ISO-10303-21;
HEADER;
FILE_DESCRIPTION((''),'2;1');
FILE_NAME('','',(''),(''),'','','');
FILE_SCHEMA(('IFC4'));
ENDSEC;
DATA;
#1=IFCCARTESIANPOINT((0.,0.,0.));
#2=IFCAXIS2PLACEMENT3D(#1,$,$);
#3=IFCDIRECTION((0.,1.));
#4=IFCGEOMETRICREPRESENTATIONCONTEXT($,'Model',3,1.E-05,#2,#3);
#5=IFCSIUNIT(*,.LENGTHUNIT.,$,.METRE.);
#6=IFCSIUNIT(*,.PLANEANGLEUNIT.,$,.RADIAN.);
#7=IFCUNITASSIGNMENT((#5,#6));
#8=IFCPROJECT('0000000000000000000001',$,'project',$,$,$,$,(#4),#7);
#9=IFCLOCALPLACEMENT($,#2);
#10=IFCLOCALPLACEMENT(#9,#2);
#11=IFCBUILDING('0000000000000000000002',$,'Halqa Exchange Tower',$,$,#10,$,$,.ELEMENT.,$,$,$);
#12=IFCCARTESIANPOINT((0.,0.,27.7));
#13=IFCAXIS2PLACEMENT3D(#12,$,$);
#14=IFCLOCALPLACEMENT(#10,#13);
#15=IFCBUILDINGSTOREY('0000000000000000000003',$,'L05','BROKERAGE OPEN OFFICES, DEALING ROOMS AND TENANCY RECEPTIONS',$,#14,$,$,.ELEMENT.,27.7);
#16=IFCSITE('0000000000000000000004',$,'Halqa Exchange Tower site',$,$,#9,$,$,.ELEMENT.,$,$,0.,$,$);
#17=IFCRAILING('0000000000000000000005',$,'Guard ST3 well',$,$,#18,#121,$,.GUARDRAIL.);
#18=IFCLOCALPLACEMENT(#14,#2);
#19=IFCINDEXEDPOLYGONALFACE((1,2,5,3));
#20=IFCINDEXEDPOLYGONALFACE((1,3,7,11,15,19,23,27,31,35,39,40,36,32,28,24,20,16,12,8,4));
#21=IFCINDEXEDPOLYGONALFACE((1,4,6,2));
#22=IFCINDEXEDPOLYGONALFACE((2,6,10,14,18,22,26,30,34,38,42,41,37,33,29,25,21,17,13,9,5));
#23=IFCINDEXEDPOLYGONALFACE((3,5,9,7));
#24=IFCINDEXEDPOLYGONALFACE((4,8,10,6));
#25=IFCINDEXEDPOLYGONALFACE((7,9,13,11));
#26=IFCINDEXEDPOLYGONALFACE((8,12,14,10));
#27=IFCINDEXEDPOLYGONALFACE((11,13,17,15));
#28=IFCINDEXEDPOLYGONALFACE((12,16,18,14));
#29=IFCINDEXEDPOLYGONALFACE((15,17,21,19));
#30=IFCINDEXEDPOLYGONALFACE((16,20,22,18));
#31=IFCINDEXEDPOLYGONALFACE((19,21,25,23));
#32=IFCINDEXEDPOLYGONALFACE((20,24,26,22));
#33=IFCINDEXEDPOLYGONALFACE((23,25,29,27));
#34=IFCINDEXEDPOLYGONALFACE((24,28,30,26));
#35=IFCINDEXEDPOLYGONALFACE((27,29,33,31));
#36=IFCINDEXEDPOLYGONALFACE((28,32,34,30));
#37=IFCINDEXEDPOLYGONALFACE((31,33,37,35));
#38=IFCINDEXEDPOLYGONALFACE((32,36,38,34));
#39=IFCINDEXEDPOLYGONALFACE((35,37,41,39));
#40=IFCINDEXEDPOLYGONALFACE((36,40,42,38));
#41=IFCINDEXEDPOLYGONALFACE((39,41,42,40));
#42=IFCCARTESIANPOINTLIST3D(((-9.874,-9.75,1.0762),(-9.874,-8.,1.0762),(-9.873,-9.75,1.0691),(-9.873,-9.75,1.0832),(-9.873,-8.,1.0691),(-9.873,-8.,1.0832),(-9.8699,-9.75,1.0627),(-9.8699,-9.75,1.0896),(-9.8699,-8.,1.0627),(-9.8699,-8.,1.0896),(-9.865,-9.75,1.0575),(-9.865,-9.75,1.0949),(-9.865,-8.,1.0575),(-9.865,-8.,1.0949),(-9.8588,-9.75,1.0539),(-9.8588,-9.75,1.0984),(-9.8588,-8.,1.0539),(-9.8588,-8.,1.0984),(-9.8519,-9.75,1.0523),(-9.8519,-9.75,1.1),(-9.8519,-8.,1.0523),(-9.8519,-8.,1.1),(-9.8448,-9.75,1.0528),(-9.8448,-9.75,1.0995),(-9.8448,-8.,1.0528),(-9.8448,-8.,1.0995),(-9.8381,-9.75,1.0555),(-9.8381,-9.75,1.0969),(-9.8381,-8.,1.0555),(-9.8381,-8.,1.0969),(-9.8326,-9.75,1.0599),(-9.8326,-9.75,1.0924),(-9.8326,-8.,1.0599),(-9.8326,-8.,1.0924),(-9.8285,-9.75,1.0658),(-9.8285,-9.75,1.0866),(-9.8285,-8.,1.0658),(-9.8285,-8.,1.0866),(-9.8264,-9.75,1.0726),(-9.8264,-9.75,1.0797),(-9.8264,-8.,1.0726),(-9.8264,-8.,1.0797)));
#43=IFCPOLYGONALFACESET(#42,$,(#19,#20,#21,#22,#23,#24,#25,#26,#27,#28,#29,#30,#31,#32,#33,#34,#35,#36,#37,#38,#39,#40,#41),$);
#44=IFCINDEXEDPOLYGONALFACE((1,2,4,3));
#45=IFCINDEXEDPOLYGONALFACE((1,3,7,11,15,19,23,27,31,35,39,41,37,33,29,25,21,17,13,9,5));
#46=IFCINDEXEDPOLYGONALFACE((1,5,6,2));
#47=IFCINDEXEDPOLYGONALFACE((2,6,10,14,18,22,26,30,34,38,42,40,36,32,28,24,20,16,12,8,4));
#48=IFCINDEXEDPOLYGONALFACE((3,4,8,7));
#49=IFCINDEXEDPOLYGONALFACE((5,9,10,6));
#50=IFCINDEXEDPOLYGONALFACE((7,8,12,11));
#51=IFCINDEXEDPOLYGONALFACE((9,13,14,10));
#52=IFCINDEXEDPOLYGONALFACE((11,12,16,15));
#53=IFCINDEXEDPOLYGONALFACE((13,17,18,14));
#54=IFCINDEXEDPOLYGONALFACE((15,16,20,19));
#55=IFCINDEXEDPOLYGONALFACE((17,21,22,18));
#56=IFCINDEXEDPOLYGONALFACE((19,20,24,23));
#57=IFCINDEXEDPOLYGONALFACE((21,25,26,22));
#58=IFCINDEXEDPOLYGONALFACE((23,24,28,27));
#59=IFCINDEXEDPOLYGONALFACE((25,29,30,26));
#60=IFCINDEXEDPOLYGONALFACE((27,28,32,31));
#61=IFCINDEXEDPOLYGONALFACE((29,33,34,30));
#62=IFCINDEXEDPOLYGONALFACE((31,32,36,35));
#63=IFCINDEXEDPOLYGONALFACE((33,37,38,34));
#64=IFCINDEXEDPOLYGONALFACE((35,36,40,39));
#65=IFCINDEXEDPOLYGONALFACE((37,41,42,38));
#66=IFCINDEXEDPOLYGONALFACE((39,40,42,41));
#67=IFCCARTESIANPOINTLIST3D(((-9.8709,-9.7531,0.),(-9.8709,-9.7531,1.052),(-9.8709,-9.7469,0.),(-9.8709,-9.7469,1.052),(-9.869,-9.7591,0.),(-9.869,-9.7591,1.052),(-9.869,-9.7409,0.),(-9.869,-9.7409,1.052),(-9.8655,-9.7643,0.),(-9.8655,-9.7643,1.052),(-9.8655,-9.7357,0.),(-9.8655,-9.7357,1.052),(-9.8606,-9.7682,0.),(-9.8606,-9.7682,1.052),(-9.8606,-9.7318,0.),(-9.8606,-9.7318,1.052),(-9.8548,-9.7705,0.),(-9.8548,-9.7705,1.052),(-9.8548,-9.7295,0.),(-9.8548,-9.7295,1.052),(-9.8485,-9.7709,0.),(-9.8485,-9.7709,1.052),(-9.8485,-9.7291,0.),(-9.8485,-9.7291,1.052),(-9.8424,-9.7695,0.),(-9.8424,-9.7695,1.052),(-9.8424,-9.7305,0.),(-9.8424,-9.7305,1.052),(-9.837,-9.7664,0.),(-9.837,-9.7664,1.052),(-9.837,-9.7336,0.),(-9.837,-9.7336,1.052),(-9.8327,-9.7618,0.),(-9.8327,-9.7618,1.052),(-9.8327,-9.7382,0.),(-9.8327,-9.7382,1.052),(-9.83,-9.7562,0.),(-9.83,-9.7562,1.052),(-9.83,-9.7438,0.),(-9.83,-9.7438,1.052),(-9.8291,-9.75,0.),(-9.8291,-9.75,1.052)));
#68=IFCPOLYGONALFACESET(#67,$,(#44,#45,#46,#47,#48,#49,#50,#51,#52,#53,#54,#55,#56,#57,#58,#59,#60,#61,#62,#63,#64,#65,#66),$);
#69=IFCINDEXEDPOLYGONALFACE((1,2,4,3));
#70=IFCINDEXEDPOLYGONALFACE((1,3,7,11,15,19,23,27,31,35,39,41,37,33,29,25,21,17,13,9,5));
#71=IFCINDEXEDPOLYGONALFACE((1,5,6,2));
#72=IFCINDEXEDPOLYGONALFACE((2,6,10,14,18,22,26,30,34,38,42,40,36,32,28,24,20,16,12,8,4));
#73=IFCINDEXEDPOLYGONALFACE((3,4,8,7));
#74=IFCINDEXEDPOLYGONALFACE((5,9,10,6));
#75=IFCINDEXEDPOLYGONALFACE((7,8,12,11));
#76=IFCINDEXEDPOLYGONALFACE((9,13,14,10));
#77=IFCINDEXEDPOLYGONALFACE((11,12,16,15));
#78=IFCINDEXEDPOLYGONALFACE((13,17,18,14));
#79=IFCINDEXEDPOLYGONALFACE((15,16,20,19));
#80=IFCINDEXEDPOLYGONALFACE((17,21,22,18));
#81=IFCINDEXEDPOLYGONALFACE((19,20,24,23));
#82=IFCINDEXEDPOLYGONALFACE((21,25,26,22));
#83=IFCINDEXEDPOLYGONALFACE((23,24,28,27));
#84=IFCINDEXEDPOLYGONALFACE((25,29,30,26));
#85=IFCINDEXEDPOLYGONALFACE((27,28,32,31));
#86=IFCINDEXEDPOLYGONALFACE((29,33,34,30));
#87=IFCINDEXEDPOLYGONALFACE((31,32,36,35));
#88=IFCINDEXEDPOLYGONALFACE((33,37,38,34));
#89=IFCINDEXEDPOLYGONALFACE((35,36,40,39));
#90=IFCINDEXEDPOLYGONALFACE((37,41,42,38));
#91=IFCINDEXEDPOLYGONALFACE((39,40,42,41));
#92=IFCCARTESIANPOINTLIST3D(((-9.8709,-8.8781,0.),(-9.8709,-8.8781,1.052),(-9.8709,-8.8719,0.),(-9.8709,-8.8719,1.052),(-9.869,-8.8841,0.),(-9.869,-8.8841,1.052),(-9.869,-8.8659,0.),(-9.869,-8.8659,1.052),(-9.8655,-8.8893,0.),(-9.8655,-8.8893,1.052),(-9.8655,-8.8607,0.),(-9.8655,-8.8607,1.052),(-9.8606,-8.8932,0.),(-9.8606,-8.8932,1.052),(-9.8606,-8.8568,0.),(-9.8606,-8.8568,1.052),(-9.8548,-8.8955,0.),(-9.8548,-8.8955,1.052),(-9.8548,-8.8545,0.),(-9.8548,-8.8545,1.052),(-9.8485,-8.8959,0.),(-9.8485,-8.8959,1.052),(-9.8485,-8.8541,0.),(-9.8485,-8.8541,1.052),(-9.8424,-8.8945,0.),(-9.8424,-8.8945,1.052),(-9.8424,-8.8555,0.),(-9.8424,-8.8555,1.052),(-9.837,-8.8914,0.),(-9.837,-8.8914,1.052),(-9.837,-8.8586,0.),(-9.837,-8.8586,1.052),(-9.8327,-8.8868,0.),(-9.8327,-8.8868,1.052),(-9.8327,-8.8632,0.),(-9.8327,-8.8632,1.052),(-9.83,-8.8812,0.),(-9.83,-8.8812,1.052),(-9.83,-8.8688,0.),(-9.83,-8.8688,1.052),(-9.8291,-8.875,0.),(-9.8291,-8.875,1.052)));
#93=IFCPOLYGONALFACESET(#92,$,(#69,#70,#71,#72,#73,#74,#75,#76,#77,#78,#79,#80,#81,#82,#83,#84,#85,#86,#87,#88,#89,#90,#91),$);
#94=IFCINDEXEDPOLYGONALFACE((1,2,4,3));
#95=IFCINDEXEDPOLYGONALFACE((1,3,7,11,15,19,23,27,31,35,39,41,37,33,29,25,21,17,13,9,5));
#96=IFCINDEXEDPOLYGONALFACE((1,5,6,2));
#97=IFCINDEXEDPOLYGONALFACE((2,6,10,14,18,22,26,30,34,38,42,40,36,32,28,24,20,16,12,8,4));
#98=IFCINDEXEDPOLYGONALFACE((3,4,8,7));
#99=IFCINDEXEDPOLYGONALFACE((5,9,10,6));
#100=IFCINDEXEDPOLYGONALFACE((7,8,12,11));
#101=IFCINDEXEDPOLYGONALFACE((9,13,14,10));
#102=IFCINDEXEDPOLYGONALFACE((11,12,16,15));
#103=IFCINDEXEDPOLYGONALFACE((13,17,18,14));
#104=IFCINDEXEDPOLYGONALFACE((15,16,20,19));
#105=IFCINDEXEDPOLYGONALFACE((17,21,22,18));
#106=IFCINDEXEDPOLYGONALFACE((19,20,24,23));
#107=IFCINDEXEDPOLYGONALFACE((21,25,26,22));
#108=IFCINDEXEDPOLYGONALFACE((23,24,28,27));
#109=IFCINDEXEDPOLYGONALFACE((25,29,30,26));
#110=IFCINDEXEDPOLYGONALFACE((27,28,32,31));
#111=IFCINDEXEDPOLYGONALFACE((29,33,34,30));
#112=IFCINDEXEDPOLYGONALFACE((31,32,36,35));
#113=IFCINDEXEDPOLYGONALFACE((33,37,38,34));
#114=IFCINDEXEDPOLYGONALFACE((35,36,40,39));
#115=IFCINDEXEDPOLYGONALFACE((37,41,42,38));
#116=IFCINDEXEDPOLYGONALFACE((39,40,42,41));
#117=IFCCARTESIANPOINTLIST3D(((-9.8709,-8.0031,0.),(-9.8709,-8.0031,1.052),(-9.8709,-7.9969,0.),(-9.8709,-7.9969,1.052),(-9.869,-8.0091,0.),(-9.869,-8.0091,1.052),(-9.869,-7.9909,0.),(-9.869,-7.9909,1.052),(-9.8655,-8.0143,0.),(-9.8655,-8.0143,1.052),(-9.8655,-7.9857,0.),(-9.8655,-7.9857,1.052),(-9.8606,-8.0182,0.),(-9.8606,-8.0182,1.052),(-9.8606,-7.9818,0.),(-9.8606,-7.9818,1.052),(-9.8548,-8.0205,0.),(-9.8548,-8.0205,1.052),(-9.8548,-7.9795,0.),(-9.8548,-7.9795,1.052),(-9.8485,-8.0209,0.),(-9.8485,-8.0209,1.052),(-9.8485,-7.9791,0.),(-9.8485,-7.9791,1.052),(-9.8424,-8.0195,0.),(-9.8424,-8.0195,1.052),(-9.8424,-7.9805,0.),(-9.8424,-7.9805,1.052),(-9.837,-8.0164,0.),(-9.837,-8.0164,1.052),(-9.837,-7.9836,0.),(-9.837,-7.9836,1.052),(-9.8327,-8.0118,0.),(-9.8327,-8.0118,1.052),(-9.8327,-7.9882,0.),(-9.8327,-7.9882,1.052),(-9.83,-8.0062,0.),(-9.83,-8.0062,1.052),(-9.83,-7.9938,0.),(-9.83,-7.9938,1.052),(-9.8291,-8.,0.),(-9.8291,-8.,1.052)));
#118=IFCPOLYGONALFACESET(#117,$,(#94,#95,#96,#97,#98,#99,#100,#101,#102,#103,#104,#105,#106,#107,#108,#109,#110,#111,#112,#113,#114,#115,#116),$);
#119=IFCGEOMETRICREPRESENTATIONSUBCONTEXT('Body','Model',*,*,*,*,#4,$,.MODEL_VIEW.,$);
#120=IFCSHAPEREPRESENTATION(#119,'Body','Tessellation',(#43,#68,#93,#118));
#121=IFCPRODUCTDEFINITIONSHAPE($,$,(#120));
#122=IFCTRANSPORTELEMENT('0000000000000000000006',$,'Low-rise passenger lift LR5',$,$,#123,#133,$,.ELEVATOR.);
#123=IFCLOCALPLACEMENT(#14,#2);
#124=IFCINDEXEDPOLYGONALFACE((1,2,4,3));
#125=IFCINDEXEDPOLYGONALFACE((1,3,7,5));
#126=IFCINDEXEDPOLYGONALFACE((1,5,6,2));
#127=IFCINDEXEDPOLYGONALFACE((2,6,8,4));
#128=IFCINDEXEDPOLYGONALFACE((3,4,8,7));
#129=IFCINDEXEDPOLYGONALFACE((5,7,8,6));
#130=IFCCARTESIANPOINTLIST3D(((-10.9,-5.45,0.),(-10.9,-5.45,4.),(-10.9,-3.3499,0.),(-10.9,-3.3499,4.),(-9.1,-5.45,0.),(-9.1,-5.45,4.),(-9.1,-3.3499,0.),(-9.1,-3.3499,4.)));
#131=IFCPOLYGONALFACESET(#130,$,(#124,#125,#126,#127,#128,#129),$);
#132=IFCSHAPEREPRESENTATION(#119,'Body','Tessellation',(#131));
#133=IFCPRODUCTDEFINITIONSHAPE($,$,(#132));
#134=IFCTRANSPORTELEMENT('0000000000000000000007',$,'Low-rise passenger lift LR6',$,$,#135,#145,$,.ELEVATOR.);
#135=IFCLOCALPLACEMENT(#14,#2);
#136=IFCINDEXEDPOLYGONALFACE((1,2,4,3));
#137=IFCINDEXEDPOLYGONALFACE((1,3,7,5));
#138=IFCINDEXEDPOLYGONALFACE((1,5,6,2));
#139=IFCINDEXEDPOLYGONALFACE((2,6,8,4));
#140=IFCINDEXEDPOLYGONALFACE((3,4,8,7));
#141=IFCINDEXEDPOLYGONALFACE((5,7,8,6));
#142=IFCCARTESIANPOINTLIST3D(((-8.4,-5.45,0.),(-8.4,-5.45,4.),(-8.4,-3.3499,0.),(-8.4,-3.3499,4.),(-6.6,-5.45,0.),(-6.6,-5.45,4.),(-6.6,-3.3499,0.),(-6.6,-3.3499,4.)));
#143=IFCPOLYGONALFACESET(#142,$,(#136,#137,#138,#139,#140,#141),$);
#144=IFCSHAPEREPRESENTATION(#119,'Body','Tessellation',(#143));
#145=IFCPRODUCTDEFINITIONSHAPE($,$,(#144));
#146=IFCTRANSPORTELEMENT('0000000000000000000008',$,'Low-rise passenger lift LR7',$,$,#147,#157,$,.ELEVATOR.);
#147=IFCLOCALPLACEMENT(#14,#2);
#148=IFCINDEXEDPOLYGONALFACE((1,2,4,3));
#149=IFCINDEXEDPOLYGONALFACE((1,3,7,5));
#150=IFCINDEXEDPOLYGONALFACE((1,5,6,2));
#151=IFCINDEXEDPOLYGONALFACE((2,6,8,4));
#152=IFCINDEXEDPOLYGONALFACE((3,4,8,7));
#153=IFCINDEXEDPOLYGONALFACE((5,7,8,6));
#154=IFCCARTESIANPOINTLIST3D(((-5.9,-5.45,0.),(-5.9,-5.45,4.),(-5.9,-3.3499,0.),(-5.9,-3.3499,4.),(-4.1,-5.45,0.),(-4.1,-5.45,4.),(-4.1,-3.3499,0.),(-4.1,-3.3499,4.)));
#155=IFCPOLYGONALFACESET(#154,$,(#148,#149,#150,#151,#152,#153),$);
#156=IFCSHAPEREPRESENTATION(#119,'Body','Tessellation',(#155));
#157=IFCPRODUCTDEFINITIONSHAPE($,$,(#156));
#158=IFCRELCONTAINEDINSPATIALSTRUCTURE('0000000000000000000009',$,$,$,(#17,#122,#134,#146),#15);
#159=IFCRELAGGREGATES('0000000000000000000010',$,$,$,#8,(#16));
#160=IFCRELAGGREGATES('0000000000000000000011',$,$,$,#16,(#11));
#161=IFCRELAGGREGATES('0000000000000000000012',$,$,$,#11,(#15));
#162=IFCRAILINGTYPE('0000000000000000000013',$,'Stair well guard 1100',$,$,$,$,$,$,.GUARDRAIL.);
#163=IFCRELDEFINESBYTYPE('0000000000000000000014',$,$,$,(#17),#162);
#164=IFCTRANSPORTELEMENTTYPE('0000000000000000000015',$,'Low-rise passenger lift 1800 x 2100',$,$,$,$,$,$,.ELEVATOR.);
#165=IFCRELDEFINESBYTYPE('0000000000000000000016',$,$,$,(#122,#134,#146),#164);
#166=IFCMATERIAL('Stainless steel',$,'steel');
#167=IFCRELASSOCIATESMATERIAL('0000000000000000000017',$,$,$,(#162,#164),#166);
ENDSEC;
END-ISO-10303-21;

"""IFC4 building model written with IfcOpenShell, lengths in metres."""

from ifc_helpers import new_model, si_unit, direction, frame, origin, origin_2d, place, context, subcontext, project, spatial, rectangle, circle, extrude, material, type_object, element, save


model = new_model("IFC4")

# Units and contexts
model_context = context("Model", 3, precision=1e-05, world=origin(), true_north=direction((0.0, 1.0)))
body_context = subcontext(model_context, "Body", "Model", "MODEL_VIEW")
ifc_project = project(units=[si_unit("LENGTHUNIT", "METRE"), si_unit("PLANEANGLEUNIT", "RADIAN")], contexts=[model_context])

# Site, building, storey
site_placement = place(None, origin())
site = spatial("IfcSite", under=ifc_project, at=site_placement, Name="Halqa Exchange Tower site", CompositionType="ELEMENT", RefElevation=0.0)
building_placement = place(site_placement, origin())
building = spatial("IfcBuilding", under=site, at=building_placement, Name="Halqa Exchange Tower", CompositionType="ELEMENT")
storey_placement = place(building_placement, frame((0.0, 0.0, 27.7)))
storey = spatial("IfcBuildingStorey", under=building, at=storey_placement, Name="L05", Description="BROKERAGE OPEN OFFICES, DEALING ROOMS AND TENANCY RECEPTIONS", CompositionType="ELEMENT", Elevation=27.7)

# Shared definitions
ifc_material_1 = material(Name="Stainless steel", Category="steel")

# Railing
railing_type_1 = type_object("IfcRailingType", Name="Stair well guard 1100", PredefinedType="GUARDRAIL", material=ifc_material_1)
railing_1_placement = place(storey_placement, frame((-9.8501, -9.75, 0.0)))
element("IfcRailing", 1, at=railing_1_placement, inside=storey, type_object=railing_type_1, Name="Guard ST3 well", PredefinedType="GUARDRAIL", context=body_context, shape_type="SweptSolid", body=[
    extrude(circle(Radius=0.0239, at=origin_2d()), frame((0.0, 0.0, 1.0762), z_axis=(0.0, 1.0, 0.0), x_axis=(-1.0, 0.0, 0.0)), (0.0, 0.0, 1.0), 1.75),
    extrude(circle(Radius=0.021, at=origin_2d()), origin(), (0.0, 0.0, 1.0), 1.052),
    extrude(circle(Radius=0.021, at=origin_2d()), frame((0.0, 0.875, 0.0)), (0.0, 0.0, 1.0), 1.052),
    extrude(circle(Radius=0.021, at=origin_2d()), frame((0.0, 1.75, 0.0)), (0.0, 0.0, 1.0), 1.052),
])

# Transport elements
transport_element_type = type_object("IfcTransportElementType", Name="Low-rise passenger lift 1800 x 2100", PredefinedType="ELEVATOR", material=ifc_material_1)
for number, where, z_axis, x_axis, name in (
    (2, (-10.0, -4.3999, 0.0), (0.0, 0.0, 1.0), (1.0, 0.0, 0.0), "Low-rise passenger lift LR5"),
    (3, (-7.5, -4.3999, 0.0), (0.0, 0.0, 1.0), (1.0, 0.0, 0.0), "Low-rise passenger lift LR6"),
    (4, (-5.0, -4.3999, 0.0), (0.0, 0.0, 1.0), (1.0, 0.0, 0.0), "Low-rise passenger lift LR7"),
):
    element("IfcTransportElement", number, at=place(storey_placement, frame(where, z_axis=z_axis, x_axis=x_axis)), inside=storey, type_object=transport_element_type, Name=name, PredefinedType="ELEVATOR", context=body_context, shape_type="SweptSolid", body=[
        extrude(rectangle(XDim=1.8, YDim=2.1001, at=origin_2d()), origin(), (0.0, 0.0, 1.0), 4.0),
    ])

save(model, "model.ifc")
